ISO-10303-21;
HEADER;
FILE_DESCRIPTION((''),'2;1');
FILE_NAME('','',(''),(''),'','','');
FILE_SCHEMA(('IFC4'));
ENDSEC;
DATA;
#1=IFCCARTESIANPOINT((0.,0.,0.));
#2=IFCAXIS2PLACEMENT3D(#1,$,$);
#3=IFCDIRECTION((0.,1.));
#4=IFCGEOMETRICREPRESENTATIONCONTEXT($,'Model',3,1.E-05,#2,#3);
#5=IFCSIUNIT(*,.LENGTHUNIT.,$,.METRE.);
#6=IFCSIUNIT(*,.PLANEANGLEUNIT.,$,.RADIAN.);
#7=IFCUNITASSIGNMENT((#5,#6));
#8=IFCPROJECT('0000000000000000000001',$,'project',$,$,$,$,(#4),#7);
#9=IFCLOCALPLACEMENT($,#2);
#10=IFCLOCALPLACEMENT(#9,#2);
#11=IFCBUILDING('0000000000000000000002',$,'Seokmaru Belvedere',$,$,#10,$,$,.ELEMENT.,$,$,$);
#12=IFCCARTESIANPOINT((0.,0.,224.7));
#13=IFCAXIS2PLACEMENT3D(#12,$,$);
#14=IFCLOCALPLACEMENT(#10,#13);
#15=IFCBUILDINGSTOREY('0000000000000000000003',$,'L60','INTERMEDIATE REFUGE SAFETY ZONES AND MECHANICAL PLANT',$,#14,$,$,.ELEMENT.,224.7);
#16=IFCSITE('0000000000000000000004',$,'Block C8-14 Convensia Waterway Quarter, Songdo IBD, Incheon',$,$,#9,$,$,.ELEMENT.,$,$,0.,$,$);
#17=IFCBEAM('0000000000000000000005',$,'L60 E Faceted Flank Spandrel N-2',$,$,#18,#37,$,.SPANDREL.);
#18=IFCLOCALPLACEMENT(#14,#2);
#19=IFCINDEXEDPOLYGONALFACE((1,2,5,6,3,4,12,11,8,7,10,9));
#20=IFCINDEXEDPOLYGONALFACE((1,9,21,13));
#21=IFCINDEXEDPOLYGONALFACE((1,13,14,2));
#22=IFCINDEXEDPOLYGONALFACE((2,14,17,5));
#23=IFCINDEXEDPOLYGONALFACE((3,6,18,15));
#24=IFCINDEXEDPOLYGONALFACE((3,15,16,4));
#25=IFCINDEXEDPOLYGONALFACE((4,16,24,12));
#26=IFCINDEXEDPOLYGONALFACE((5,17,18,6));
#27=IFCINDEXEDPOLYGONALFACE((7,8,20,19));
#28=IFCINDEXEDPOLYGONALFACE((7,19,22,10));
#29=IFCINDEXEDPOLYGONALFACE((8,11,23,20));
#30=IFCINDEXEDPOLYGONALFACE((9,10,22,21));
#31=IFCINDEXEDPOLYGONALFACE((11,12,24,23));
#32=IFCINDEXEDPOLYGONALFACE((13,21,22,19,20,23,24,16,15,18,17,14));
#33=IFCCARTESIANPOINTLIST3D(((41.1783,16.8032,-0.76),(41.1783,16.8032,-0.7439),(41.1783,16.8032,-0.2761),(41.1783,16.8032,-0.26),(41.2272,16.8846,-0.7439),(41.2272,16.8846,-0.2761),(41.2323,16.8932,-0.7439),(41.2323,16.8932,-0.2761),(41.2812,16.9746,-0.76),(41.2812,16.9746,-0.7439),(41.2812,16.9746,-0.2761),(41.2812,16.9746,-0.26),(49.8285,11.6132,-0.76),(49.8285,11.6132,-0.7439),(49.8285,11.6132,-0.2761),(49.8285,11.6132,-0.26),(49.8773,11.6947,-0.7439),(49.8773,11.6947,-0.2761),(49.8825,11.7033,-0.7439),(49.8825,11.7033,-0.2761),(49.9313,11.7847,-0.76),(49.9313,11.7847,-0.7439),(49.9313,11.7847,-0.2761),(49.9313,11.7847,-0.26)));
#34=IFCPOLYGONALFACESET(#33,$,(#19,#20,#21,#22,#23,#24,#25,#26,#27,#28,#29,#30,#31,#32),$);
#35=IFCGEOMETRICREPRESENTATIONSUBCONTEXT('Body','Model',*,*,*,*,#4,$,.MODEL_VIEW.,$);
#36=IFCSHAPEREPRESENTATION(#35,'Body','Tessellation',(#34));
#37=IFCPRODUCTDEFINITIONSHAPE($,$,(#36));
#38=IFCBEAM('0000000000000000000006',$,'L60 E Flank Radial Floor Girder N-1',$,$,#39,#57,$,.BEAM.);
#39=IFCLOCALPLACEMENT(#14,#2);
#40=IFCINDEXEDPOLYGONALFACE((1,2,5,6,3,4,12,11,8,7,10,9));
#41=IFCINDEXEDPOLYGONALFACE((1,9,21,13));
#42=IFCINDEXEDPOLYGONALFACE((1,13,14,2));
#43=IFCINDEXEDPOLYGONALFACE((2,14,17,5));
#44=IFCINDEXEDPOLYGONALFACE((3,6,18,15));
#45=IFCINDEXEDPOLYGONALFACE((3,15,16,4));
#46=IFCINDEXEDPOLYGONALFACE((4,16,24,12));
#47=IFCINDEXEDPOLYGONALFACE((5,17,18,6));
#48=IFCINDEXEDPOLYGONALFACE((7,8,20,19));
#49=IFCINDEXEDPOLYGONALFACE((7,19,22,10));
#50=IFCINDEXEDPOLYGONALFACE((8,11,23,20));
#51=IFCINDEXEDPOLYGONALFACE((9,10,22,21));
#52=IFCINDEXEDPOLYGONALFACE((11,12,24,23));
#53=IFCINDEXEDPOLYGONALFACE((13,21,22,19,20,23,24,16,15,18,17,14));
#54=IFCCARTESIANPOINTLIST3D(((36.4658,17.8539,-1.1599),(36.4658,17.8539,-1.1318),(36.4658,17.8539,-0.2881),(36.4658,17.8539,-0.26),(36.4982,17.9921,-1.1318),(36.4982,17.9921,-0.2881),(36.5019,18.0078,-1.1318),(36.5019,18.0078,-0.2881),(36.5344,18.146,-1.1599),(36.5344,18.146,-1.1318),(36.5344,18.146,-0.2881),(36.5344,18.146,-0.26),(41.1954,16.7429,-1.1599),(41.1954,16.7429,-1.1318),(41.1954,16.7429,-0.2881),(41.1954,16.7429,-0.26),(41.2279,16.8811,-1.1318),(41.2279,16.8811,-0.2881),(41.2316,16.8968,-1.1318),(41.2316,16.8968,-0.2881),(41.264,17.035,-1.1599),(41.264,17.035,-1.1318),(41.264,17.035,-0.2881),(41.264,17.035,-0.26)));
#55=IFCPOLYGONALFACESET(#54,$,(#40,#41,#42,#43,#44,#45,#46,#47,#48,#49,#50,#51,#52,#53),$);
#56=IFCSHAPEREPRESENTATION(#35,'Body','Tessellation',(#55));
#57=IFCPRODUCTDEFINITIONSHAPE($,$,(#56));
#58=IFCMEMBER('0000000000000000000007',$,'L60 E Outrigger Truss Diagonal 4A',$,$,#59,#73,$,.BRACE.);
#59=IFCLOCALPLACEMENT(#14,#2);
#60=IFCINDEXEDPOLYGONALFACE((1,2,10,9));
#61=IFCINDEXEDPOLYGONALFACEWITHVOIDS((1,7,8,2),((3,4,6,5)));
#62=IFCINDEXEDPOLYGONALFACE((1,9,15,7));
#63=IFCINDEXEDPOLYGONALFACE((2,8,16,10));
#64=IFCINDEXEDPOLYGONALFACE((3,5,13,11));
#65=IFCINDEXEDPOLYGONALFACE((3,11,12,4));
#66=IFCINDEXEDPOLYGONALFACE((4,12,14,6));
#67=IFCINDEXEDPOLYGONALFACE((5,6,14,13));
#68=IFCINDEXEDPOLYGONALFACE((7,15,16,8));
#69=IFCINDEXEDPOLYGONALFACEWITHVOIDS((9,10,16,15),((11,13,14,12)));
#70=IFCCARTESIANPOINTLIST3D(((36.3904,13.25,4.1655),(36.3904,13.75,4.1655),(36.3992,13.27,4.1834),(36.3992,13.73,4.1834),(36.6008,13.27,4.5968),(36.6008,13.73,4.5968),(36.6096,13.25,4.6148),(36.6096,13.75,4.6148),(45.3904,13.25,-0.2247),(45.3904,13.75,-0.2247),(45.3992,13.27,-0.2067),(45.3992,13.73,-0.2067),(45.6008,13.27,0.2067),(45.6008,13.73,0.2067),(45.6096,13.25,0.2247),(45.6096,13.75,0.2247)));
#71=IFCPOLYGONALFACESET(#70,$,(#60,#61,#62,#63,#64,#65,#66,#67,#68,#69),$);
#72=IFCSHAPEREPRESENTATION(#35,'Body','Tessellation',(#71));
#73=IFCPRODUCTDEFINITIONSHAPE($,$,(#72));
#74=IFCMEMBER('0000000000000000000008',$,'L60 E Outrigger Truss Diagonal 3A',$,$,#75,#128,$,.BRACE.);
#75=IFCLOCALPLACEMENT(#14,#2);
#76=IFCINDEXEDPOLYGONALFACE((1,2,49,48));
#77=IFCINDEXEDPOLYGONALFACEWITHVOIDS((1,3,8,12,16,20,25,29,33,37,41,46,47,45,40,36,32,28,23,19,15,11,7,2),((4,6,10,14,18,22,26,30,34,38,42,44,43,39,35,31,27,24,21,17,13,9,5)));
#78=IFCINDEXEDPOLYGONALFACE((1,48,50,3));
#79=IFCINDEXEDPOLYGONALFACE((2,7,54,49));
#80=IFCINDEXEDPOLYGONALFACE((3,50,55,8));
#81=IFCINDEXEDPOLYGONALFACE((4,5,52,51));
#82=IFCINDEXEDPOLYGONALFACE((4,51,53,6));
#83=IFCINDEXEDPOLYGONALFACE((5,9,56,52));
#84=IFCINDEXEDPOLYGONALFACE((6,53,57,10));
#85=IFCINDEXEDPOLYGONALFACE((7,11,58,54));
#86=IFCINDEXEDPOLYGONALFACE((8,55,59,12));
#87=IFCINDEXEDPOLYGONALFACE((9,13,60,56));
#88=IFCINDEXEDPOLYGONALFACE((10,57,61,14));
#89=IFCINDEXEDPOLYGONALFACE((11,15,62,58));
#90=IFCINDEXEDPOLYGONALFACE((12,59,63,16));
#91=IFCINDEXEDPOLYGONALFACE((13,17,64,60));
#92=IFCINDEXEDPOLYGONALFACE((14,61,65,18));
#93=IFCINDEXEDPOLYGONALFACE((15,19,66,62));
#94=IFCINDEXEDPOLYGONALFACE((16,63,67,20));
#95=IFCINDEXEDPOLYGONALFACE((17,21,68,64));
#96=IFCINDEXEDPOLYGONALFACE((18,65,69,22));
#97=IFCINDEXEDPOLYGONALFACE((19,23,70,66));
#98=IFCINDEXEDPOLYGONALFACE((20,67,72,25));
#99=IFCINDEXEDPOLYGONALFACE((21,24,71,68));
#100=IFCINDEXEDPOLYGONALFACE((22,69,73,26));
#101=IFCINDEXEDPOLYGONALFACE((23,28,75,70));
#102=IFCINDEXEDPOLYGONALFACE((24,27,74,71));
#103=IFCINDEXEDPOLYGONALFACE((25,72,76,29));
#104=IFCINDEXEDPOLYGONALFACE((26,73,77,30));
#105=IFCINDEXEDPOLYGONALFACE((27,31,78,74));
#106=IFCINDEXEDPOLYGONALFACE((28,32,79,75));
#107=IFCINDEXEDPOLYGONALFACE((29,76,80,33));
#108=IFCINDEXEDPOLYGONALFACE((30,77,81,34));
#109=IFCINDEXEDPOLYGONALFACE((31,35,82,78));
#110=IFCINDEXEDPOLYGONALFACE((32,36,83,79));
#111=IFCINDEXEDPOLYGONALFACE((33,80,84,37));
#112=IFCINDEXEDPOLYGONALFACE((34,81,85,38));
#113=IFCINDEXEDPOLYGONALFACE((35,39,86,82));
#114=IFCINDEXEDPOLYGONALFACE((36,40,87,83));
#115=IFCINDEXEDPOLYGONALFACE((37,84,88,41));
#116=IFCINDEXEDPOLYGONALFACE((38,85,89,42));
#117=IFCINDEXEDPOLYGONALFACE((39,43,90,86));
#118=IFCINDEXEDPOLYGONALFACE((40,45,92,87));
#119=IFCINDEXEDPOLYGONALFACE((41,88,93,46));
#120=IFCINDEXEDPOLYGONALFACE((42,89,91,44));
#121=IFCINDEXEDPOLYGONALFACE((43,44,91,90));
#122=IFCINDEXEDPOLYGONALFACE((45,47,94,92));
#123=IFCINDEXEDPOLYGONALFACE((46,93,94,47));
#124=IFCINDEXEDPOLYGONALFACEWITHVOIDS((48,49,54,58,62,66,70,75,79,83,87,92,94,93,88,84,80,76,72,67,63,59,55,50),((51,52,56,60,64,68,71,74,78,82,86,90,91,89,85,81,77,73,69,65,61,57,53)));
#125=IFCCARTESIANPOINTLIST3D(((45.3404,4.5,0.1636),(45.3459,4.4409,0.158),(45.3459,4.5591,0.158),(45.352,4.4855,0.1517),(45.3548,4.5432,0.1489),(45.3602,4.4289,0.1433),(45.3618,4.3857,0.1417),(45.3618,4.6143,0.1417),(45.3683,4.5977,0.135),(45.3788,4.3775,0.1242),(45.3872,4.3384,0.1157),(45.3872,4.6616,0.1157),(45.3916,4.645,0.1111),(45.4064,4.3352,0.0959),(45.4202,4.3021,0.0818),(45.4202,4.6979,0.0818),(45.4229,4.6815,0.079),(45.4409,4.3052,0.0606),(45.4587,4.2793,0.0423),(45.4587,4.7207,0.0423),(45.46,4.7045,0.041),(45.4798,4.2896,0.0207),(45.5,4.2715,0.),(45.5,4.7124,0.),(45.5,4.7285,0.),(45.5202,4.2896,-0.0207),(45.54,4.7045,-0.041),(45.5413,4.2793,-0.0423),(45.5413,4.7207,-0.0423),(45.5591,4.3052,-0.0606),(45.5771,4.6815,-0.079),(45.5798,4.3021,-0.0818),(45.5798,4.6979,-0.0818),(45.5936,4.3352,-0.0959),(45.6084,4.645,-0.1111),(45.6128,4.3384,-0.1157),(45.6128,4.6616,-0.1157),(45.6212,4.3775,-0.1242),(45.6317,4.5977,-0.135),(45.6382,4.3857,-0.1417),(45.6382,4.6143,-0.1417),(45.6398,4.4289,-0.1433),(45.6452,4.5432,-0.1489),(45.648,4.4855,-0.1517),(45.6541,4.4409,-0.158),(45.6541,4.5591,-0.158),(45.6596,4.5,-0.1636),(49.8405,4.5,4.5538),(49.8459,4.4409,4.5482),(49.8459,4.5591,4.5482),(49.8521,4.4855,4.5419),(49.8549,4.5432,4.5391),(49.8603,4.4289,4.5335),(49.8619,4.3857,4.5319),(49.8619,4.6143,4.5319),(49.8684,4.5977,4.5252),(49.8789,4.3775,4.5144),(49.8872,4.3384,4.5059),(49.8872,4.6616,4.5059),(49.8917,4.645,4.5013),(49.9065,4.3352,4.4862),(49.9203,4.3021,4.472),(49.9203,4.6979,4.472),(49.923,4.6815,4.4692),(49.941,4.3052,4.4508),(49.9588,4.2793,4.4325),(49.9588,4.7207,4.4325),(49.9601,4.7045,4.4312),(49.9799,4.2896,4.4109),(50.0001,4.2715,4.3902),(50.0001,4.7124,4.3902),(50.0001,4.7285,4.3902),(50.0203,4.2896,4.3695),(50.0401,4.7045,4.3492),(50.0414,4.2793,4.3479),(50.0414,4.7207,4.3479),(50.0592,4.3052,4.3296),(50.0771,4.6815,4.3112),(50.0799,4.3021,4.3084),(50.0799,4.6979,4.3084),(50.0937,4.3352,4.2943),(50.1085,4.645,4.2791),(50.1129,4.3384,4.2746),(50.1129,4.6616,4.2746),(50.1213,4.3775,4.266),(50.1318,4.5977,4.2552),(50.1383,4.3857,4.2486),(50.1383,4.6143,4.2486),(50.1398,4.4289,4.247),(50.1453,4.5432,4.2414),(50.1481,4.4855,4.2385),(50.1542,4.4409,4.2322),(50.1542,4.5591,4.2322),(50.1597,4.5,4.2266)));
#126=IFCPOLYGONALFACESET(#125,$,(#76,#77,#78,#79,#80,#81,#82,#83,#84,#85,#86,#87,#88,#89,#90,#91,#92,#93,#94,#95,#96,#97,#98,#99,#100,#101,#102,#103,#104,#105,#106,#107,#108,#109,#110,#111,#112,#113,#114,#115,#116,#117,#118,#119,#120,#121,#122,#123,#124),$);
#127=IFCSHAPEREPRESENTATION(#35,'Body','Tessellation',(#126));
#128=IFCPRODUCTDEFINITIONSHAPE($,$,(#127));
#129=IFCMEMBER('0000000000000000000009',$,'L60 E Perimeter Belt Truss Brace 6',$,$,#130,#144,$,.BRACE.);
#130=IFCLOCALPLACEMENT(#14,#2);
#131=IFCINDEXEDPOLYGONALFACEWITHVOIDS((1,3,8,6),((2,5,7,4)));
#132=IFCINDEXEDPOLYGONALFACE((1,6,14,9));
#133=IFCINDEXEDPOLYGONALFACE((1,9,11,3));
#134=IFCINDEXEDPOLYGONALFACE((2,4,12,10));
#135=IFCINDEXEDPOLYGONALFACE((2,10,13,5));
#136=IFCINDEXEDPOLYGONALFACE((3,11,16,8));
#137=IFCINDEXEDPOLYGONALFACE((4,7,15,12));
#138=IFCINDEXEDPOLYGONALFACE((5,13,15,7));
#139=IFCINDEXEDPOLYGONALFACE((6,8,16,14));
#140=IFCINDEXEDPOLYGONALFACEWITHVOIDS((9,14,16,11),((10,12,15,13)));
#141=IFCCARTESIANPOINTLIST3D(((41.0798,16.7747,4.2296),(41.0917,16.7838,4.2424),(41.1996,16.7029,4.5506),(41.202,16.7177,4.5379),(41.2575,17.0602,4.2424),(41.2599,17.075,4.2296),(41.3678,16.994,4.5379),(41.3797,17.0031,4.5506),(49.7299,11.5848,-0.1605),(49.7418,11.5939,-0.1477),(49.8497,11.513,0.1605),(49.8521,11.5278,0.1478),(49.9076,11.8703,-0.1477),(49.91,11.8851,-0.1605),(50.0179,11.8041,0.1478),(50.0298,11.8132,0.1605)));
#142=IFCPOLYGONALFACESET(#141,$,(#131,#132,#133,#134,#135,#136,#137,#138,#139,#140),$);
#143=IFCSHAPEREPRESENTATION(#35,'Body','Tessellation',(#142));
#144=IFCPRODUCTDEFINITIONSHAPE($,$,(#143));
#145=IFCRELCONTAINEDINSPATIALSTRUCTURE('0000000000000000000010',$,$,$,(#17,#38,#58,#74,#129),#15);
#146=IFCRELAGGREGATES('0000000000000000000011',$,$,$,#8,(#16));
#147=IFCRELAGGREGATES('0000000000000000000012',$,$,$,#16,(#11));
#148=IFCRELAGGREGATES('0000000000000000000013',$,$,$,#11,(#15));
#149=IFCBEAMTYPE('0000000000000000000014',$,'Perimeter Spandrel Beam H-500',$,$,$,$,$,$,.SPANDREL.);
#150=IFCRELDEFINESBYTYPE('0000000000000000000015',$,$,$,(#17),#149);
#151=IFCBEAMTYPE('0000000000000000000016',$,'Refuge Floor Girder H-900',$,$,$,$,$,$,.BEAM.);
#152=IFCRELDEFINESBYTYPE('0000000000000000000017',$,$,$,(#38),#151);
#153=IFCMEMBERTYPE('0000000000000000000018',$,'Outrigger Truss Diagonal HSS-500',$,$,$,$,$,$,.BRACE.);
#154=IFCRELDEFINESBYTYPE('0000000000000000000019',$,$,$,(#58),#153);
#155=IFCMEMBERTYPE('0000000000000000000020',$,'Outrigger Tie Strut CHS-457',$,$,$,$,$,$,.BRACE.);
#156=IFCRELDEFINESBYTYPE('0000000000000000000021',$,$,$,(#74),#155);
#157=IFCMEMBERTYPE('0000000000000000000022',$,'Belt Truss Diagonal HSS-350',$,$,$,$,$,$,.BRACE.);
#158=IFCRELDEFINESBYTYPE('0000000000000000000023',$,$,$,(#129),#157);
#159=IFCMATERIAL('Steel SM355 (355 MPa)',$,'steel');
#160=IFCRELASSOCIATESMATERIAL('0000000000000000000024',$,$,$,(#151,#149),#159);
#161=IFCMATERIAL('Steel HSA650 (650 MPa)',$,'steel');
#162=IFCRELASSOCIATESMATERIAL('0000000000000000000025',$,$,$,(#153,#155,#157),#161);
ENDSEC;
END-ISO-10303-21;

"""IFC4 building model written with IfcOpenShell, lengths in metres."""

from ifc_helpers import new_model, si_unit, direction, frame, origin, origin_2d, place, context, subcontext, project, spatial, hollow_rectangle, hollow_circle, i_section, extrude, source, transform, mapped, material, material_profile, profile_set, type_object, type_shapes, element, save


model = new_model("IFC4")

# Units and contexts
model_context = context("Model", 3, precision=1e-05, world=origin(), true_north=direction((0.0, 1.0)))
body_context = subcontext(model_context, "Body", "Model", "MODEL_VIEW")
ifc_project = project(units=[si_unit("LENGTHUNIT", "METRE"), si_unit("PLANEANGLEUNIT", "RADIAN")], contexts=[model_context])

# Site, building, storey
site_placement = place(None, origin())
site = spatial("IfcSite", under=ifc_project, at=site_placement, Name="Block C8-14 Convensia Waterway Quarter, Songdo IBD, Incheon", CompositionType="ELEMENT", RefElevation=0.0)
building_placement = place(site_placement, origin())
building = spatial("IfcBuilding", under=site, at=building_placement, Name="Seokmaru Belvedere", CompositionType="ELEMENT")
storey_placement = place(building_placement, frame((0.0, 0.0, 224.7)))
storey = spatial("IfcBuildingStorey", under=building, at=storey_placement, Name="L60", Description="INTERMEDIATE REFUGE SAFETY ZONES AND MECHANICAL PLANT", CompositionType="ELEMENT", Elevation=224.7)

# Shared definitions
ifc_material_1 = material(Name="Steel SM355 (355 MPa)", Category="steel")

# Beams
ifc_material_profile_1 = material_profile(ifc_material_1, i_section(OverallWidth=0.3, OverallDepth=0.8999, WebThickness=0.0161, FlangeThickness=0.0281, at=origin_2d()), Name="H-900x300x16x28")
ifc_profile_set_1 = profile_set([ifc_material_profile_1], Name="Steel SM355 (355 MPa)")
beam_type_1 = type_object("IfcBeamType", Name="Refuge Floor Girder H-900", PredefinedType="BEAM", material=ifc_profile_set_1)
ifc_material_profile_2 = material_profile(ifc_material_1, i_section(OverallWidth=0.2, OverallDepth=0.5, WebThickness=0.01, FlangeThickness=0.0161, at=origin_2d()), Name="H-500x200x10x16")
ifc_profile_set_2 = profile_set([ifc_material_profile_2], Name="Steel SM355 (355 MPa)")
beam_type_2 = type_object("IfcBeamType", Name="Perimeter Spandrel Beam H-500", PredefinedType="SPANDREL", material=ifc_profile_set_2)
shared_shape_1 = source(origin(), body_context, "Body", "SweptSolid", [
    extrude(i_section(OverallWidth=0.2, OverallDepth=0.5, WebThickness=0.01, FlangeThickness=0.0161, at=origin_2d()), origin(), (0.0, 0.0, 1.0), 10.0876),
])
type_shapes(beam_type_2, [shared_shape_1])
beam_1_placement = place(storey_placement, frame((41.2297, 16.8889, -0.51), z_axis=(0.857499, -0.514485, 0.0), x_axis=(0.514485, 0.857499, 0.0)))
element("IfcBeam", 1, at=beam_1_placement, inside=storey, type_object=beam_type_2, Name="L60 E Faceted Flank Spandrel N-2", PredefinedType="SPANDREL", context=body_context, shape_type="MappedRepresentation", body=[
    mapped(shared_shape_1, transform((0.0, 0.0, 0.0), scale=1.0)),
])
shared_shape_2 = source(origin(), body_context, "Body", "SweptSolid", [
    extrude(i_section(OverallWidth=0.3, OverallDepth=0.8999, WebThickness=0.0161, FlangeThickness=0.0281, at=origin_2d()), origin(), (0.0, 0.0, 1.0), 4.8584),
])
beam_2_placement = place(storey_placement, frame((41.2297, 16.8889, -0.71), z_axis=(-0.973499, 0.228689, 0.0), x_axis=(-0.228689, -0.973499, 0.0)))
element("IfcBeam", 2, at=beam_2_placement, inside=storey, type_object=beam_type_1, Name="L60 E Flank Radial Floor Girder N-1", PredefinedType="BEAM", context=body_context, shape_type="MappedRepresentation", body=[
    mapped(shared_shape_2, transform((0.0, 0.0, 0.0), scale=1.0)),
])

# Members
ifc_material_2 = material(Name="Steel HSA650 (650 MPa)", Category="steel")
ifc_material_profile_3 = material_profile(ifc_material_2, hollow_rectangle(XDim=0.5, YDim=0.5, WallThickness=0.02, at=origin_2d()), Name="HSS-500x500x20")
ifc_profile_set_3 = profile_set([ifc_material_profile_3], Name="Steel HSA650 (650 MPa)")
member_type_1 = type_object("IfcMemberType", Name="Outrigger Truss Diagonal HSS-500", PredefinedType="BRACE", material=ifc_profile_set_3)
shared_shape_3 = source(origin(), body_context, "Body", "SweptSolid", [
    extrude(hollow_rectangle(XDim=0.5, YDim=0.5, WallThickness=0.02, at=origin_2d()), origin(), (0.0, 0.0, 1.0), 10.0137),
])
type_shapes(member_type_1, [shared_shape_3])
member_1_placement = place(storey_placement, frame((45.5, 13.5, 0.0), z_axis=(-0.898773, 0.0, 0.438415), x_axis=(0.0, -1.0, 0.0)))
element("IfcMember", 3, at=member_1_placement, inside=storey, type_object=member_type_1, Name="L60 E Outrigger Truss Diagonal 4A", PredefinedType="BRACE", context=body_context, shape_type="MappedRepresentation", body=[
    mapped(shared_shape_3, transform((0.0, 0.0, 0.0), scale=1.0)),
])
ifc_material_profile_4 = material_profile(ifc_material_2, hollow_circle(Radius=0.2285, WallThickness=0.0161, at=origin_2d()), Name="CHS-457.2x16.0")
ifc_profile_set_4 = profile_set([ifc_material_profile_4], Name="Steel HSA650 (650 MPa)")
member_type_2 = type_object("IfcMemberType", Name="Outrigger Tie Strut CHS-457", PredefinedType="BRACE", material=ifc_profile_set_4)
shared_shape_4 = source(origin(), body_context, "Body", "SweptSolid", [
    extrude(hollow_circle(Radius=0.2285, WallThickness=0.0161, at=origin_2d()), origin(), (0.0, 0.0, 1.0), 6.2869),
])
type_shapes(member_type_2, [shared_shape_4])
member_2_placement = place(storey_placement, frame((45.5, 4.5, 0.0), z_axis=(0.71579, 0.0, 0.698315), x_axis=(0.0, 1.0, 0.0)))
element("IfcMember", 4, at=member_2_placement, inside=storey, type_object=member_type_2, Name="L60 E Outrigger Truss Diagonal 3A", PredefinedType="BRACE", context=body_context, shape_type="MappedRepresentation", body=[
    mapped(shared_shape_4, transform((0.0, 0.0, 0.0), scale=1.0)),
])
ifc_material_profile_5 = material_profile(ifc_material_2, hollow_rectangle(XDim=0.3501, YDim=0.3501, WallThickness=0.0139, at=origin_2d()), Name="HSS-350x350x14")
ifc_profile_set_5 = profile_set([ifc_material_profile_5], Name="Steel HSA650 (650 MPa)")
member_type_3 = type_object("IfcMemberType", Name="Belt Truss Diagonal HSS-350", PredefinedType="BRACE", material=ifc_profile_set_5)
shared_shape_5 = source(origin(), body_context, "Body", "SweptSolid", [
    extrude(hollow_rectangle(XDim=0.3501, YDim=0.3501, WallThickness=0.0139, at=origin_2d()), origin(), (0.0, 0.0, 1.0), 11.0015),
])
type_shapes(member_type_3, [shared_shape_5])
member_3_placement = place(storey_placement, frame((41.2297, 16.8889, 4.3901), z_axis=(0.786267, -0.471747, -0.399048), x_axis=(0.514485, 0.857499, 0.0)))
element("IfcMember", 5, at=member_3_placement, inside=storey, type_object=member_type_3, Name="L60 E Perimeter Belt Truss Brace 6", PredefinedType="BRACE", context=body_context, shape_type="MappedRepresentation", body=[
    mapped(shared_shape_5, transform((0.0, 0.0, 0.0), scale=1.0)),
])

save(model, "model.ifc")
